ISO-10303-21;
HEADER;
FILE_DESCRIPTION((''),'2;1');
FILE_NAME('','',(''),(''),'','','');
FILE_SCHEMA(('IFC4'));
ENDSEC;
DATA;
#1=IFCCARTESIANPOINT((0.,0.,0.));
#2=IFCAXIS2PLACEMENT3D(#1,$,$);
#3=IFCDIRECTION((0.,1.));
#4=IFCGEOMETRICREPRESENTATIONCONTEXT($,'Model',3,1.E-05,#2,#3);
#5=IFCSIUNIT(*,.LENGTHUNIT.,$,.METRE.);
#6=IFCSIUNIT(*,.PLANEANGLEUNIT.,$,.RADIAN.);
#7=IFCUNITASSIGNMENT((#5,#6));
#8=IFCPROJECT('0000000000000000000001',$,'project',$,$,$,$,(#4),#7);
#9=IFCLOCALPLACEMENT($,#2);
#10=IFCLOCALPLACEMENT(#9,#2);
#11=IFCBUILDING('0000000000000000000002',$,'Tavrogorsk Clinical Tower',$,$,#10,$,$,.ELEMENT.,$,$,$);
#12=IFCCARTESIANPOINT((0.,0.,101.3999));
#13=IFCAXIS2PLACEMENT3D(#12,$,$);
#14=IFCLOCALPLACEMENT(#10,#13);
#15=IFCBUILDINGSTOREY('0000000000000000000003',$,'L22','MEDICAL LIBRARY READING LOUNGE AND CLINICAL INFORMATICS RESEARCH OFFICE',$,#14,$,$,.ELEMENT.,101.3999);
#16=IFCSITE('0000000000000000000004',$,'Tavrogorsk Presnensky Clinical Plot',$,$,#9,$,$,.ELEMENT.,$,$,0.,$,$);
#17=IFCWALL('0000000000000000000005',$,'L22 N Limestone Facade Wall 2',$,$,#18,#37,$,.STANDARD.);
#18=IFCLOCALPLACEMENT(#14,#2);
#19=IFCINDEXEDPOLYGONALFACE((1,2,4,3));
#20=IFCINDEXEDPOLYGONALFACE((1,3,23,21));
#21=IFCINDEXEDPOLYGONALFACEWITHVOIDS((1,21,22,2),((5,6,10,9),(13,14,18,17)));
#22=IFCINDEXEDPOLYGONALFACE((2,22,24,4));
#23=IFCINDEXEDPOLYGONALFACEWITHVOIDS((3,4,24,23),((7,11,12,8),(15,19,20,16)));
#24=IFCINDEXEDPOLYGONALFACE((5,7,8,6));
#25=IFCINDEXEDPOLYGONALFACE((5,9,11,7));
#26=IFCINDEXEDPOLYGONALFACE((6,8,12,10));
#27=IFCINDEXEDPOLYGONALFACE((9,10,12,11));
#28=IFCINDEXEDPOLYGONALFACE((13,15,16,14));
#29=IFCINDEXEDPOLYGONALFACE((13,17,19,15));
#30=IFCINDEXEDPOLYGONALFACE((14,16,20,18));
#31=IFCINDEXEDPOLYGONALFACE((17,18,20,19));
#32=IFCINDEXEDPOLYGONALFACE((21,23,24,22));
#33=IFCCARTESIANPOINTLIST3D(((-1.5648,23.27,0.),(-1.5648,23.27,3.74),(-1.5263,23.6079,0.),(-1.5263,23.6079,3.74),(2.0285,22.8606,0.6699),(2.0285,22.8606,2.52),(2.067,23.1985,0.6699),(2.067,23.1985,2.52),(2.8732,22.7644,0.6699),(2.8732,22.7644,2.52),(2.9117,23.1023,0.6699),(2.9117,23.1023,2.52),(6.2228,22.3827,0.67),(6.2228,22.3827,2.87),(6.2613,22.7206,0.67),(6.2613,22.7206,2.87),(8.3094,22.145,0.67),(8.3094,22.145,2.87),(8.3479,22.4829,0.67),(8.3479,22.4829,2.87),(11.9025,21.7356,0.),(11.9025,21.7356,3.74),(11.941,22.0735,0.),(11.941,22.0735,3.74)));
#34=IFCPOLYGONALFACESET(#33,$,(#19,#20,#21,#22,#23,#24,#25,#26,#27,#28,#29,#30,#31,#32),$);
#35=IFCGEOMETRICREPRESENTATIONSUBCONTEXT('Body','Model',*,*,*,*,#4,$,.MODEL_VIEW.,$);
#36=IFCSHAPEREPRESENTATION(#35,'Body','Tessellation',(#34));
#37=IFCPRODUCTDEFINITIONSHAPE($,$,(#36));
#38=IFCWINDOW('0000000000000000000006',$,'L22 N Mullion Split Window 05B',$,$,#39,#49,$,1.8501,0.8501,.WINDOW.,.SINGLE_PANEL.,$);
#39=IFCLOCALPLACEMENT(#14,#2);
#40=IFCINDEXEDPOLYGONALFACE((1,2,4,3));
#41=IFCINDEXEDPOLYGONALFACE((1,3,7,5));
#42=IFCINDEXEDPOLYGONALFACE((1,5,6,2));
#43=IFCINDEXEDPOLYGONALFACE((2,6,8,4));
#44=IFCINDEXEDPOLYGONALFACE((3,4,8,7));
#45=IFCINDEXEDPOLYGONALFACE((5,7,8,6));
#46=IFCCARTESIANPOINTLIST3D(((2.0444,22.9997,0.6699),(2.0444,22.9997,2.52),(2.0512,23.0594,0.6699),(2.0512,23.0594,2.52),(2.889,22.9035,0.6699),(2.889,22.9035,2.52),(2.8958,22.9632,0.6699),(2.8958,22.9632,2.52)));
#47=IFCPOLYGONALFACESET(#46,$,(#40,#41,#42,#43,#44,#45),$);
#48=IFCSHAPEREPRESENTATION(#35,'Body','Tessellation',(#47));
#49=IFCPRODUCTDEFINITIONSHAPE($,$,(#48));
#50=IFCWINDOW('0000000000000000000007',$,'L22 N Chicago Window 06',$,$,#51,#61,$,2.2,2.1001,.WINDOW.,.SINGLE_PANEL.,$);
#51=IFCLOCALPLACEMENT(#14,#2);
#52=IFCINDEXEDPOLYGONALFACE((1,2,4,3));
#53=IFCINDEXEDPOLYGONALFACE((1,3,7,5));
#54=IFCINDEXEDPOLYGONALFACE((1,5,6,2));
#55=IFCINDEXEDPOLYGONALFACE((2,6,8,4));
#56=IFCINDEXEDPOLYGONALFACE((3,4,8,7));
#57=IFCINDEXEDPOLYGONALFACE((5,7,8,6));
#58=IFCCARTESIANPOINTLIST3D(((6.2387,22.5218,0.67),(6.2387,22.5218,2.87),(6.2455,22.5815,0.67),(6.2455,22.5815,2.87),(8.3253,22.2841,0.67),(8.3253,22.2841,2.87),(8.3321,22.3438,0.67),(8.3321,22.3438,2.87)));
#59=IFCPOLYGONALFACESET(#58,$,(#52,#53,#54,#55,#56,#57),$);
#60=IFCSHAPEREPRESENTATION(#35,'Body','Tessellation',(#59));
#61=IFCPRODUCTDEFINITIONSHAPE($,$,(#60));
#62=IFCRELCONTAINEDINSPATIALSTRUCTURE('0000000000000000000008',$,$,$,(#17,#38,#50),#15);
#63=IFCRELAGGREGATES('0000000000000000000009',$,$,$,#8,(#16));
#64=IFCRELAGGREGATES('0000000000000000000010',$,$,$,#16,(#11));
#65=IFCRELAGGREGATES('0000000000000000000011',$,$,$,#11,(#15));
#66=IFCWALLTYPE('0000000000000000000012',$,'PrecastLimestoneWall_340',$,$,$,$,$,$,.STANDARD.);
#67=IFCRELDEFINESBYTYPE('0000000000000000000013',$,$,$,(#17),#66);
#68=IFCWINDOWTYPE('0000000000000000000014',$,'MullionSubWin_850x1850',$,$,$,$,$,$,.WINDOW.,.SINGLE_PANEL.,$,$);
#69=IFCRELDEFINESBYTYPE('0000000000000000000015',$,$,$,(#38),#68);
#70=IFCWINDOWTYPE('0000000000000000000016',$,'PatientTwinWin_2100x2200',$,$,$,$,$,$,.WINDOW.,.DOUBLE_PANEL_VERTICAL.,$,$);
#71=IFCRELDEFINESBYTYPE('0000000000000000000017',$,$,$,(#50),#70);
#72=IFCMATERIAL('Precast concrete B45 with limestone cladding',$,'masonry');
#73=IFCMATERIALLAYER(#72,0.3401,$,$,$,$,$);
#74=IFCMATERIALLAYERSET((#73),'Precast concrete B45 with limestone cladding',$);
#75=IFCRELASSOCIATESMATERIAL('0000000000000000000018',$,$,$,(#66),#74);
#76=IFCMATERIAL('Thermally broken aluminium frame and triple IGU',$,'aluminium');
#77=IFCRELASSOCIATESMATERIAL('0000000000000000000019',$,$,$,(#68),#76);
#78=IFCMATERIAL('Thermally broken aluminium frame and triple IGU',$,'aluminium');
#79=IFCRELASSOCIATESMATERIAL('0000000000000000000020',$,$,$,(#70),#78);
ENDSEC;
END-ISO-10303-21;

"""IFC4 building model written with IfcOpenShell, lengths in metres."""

from ifc_helpers import new_model, si_unit, direction, frame, frame_2d, origin, place, context, subcontext, project, spatial, rectangle, extrude, material, layer, layer_set, type_object, element, fill, save


model = new_model("IFC4")

# Units and contexts
model_context = context("Model", 3, precision=1e-05, world=origin(), true_north=direction((0.0, 1.0)))
body_context = subcontext(model_context, "Body", "Model", "MODEL_VIEW")
ifc_project = project(units=[si_unit("LENGTHUNIT", "METRE"), si_unit("PLANEANGLEUNIT", "RADIAN")], contexts=[model_context])

# Site, building, storey
site_placement = place(None, origin())
site = spatial("IfcSite", under=ifc_project, at=site_placement, Name="Tavrogorsk Presnensky Clinical Plot", CompositionType="ELEMENT", RefElevation=0.0)
building_placement = place(site_placement, origin())
building = spatial("IfcBuilding", under=site, at=building_placement, Name="Tavrogorsk Clinical Tower", CompositionType="ELEMENT")
storey_placement = place(building_placement, frame((0.0, 0.0, 101.3999)))
storey = spatial("IfcBuildingStorey", under=building, at=storey_placement, Name="L22", Description="MEDICAL LIBRARY READING LOUNGE AND CLINICAL INFORMATICS RESEARCH OFFICE", CompositionType="ELEMENT", Elevation=101.3999)

# Wall, openings, windows
ifc_material_1 = material(Name="Precast concrete B45 with limestone cladding", Category="masonry")
ifc_layer_1 = layer(ifc_material_1, 0.3401)
ifc_layer_set_1 = layer_set([ifc_layer_1], Name="Precast concrete B45 with limestone cladding")
wall_type_1 = type_object("IfcWallType", Name="PrecastLimestoneWall_340", PredefinedType="STANDARD", material=ifc_layer_set_1)
wall_1_placement = place(storey_placement, frame((11.9219, 21.9045, 0.0), z_axis=(0.0, 0.0, 1.0), x_axis=(-0.993572, 0.113205, 0.0)))
wall_1 = element("IfcWall", 1, at=wall_1_placement, inside=storey, type_object=wall_type_1, Name="L22 N Limestone Facade Wall 2", PredefinedType="STANDARD", context=body_context, shape_type="SweptSolid", body=[
    extrude(rectangle(XDim=13.5544, YDim=0.3401, at=frame_2d((6.7773, 0.0))), origin(), (0.0, 0.0, 1.0), 3.74),
])
opening_1_placement = place(wall_1_placement, frame((9.0879, 0.0, 0.6699)))
opening_1 = element("IfcOpeningElement", 2, at=opening_1_placement, cuts=wall_1, PredefinedType="OPENING", context=body_context, shape_type="SweptSolid", body=[
    extrude(rectangle(XDim=0.8501, YDim=1.8501, at=frame_2d((0.425, 0.925))), frame((0.0, 0.1799, 0.0), z_axis=(0.0, -1.0, 0.0), x_axis=(1.0, 0.0, 0.0)), (0.0, 0.0, 1.0), 0.3601),
])
opening_2_placement = place(wall_1_placement, frame((3.6165, 0.0, 0.6699)))
opening_2 = element("IfcOpeningElement", 3, at=opening_2_placement, cuts=wall_1, PredefinedType="OPENING", context=body_context, shape_type="SweptSolid", body=[
    extrude(rectangle(XDim=2.1001, YDim=2.2, at=frame_2d((1.05, 1.1001))), frame((0.0, 0.1799, 0.0), z_axis=(0.0, -1.0, 0.0), x_axis=(1.0, 0.0, 0.0)), (0.0, 0.0, 1.0), 0.3601),
])
ifc_material_2 = material(Name="Thermally broken aluminium frame and triple IGU", Category="aluminium")
window_type_1 = type_object("IfcWindowType", Name="MullionSubWin_850x1850", PartitioningType="SINGLE_PANEL", PredefinedType="WINDOW", material=ifc_material_2)
window_1_placement = place(opening_1_placement, origin())
window_1 = element("IfcWindow", 4, at=window_1_placement, inside=storey, type_object=window_type_1, Name="L22 N Mullion Split Window 05B", OverallHeight=1.8501, OverallWidth=0.8501, PartitioningType="SINGLE_PANEL", PredefinedType="WINDOW", context=body_context, shape_type="SweptSolid", body=[
    extrude(rectangle(XDim=0.8501, YDim=1.8501, at=frame_2d((0.425, 0.925))), frame((0.0, 0.03, 0.0), z_axis=(0.0, -1.0, 0.0), x_axis=(1.0, 0.0, 0.0)), (0.0, 0.0, 1.0), 0.0601),
])
fill(opening_1, window_1)
ifc_material_3 = material(Name="Thermally broken aluminium frame and triple IGU", Category="aluminium")
window_type_2 = type_object("IfcWindowType", Name="PatientTwinWin_2100x2200", PartitioningType="DOUBLE_PANEL_VERTICAL", PredefinedType="WINDOW", material=ifc_material_3)
window_2_placement = place(opening_2_placement, origin())
window_2 = element("IfcWindow", 5, at=window_2_placement, inside=storey, type_object=window_type_2, Name="L22 N Chicago Window 06", OverallHeight=2.2, OverallWidth=2.1001, PartitioningType="SINGLE_PANEL", PredefinedType="WINDOW", context=body_context, shape_type="SweptSolid", body=[
    extrude(rectangle(XDim=2.1001, YDim=2.2, at=frame_2d((1.05, 1.1001))), frame((0.0, 0.03, 0.0), z_axis=(0.0, -1.0, 0.0), x_axis=(1.0, 0.0, 0.0)), (0.0, 0.0, 1.0), 0.0601),
])
fill(opening_2, window_2)

save(model, "model.ifc")
